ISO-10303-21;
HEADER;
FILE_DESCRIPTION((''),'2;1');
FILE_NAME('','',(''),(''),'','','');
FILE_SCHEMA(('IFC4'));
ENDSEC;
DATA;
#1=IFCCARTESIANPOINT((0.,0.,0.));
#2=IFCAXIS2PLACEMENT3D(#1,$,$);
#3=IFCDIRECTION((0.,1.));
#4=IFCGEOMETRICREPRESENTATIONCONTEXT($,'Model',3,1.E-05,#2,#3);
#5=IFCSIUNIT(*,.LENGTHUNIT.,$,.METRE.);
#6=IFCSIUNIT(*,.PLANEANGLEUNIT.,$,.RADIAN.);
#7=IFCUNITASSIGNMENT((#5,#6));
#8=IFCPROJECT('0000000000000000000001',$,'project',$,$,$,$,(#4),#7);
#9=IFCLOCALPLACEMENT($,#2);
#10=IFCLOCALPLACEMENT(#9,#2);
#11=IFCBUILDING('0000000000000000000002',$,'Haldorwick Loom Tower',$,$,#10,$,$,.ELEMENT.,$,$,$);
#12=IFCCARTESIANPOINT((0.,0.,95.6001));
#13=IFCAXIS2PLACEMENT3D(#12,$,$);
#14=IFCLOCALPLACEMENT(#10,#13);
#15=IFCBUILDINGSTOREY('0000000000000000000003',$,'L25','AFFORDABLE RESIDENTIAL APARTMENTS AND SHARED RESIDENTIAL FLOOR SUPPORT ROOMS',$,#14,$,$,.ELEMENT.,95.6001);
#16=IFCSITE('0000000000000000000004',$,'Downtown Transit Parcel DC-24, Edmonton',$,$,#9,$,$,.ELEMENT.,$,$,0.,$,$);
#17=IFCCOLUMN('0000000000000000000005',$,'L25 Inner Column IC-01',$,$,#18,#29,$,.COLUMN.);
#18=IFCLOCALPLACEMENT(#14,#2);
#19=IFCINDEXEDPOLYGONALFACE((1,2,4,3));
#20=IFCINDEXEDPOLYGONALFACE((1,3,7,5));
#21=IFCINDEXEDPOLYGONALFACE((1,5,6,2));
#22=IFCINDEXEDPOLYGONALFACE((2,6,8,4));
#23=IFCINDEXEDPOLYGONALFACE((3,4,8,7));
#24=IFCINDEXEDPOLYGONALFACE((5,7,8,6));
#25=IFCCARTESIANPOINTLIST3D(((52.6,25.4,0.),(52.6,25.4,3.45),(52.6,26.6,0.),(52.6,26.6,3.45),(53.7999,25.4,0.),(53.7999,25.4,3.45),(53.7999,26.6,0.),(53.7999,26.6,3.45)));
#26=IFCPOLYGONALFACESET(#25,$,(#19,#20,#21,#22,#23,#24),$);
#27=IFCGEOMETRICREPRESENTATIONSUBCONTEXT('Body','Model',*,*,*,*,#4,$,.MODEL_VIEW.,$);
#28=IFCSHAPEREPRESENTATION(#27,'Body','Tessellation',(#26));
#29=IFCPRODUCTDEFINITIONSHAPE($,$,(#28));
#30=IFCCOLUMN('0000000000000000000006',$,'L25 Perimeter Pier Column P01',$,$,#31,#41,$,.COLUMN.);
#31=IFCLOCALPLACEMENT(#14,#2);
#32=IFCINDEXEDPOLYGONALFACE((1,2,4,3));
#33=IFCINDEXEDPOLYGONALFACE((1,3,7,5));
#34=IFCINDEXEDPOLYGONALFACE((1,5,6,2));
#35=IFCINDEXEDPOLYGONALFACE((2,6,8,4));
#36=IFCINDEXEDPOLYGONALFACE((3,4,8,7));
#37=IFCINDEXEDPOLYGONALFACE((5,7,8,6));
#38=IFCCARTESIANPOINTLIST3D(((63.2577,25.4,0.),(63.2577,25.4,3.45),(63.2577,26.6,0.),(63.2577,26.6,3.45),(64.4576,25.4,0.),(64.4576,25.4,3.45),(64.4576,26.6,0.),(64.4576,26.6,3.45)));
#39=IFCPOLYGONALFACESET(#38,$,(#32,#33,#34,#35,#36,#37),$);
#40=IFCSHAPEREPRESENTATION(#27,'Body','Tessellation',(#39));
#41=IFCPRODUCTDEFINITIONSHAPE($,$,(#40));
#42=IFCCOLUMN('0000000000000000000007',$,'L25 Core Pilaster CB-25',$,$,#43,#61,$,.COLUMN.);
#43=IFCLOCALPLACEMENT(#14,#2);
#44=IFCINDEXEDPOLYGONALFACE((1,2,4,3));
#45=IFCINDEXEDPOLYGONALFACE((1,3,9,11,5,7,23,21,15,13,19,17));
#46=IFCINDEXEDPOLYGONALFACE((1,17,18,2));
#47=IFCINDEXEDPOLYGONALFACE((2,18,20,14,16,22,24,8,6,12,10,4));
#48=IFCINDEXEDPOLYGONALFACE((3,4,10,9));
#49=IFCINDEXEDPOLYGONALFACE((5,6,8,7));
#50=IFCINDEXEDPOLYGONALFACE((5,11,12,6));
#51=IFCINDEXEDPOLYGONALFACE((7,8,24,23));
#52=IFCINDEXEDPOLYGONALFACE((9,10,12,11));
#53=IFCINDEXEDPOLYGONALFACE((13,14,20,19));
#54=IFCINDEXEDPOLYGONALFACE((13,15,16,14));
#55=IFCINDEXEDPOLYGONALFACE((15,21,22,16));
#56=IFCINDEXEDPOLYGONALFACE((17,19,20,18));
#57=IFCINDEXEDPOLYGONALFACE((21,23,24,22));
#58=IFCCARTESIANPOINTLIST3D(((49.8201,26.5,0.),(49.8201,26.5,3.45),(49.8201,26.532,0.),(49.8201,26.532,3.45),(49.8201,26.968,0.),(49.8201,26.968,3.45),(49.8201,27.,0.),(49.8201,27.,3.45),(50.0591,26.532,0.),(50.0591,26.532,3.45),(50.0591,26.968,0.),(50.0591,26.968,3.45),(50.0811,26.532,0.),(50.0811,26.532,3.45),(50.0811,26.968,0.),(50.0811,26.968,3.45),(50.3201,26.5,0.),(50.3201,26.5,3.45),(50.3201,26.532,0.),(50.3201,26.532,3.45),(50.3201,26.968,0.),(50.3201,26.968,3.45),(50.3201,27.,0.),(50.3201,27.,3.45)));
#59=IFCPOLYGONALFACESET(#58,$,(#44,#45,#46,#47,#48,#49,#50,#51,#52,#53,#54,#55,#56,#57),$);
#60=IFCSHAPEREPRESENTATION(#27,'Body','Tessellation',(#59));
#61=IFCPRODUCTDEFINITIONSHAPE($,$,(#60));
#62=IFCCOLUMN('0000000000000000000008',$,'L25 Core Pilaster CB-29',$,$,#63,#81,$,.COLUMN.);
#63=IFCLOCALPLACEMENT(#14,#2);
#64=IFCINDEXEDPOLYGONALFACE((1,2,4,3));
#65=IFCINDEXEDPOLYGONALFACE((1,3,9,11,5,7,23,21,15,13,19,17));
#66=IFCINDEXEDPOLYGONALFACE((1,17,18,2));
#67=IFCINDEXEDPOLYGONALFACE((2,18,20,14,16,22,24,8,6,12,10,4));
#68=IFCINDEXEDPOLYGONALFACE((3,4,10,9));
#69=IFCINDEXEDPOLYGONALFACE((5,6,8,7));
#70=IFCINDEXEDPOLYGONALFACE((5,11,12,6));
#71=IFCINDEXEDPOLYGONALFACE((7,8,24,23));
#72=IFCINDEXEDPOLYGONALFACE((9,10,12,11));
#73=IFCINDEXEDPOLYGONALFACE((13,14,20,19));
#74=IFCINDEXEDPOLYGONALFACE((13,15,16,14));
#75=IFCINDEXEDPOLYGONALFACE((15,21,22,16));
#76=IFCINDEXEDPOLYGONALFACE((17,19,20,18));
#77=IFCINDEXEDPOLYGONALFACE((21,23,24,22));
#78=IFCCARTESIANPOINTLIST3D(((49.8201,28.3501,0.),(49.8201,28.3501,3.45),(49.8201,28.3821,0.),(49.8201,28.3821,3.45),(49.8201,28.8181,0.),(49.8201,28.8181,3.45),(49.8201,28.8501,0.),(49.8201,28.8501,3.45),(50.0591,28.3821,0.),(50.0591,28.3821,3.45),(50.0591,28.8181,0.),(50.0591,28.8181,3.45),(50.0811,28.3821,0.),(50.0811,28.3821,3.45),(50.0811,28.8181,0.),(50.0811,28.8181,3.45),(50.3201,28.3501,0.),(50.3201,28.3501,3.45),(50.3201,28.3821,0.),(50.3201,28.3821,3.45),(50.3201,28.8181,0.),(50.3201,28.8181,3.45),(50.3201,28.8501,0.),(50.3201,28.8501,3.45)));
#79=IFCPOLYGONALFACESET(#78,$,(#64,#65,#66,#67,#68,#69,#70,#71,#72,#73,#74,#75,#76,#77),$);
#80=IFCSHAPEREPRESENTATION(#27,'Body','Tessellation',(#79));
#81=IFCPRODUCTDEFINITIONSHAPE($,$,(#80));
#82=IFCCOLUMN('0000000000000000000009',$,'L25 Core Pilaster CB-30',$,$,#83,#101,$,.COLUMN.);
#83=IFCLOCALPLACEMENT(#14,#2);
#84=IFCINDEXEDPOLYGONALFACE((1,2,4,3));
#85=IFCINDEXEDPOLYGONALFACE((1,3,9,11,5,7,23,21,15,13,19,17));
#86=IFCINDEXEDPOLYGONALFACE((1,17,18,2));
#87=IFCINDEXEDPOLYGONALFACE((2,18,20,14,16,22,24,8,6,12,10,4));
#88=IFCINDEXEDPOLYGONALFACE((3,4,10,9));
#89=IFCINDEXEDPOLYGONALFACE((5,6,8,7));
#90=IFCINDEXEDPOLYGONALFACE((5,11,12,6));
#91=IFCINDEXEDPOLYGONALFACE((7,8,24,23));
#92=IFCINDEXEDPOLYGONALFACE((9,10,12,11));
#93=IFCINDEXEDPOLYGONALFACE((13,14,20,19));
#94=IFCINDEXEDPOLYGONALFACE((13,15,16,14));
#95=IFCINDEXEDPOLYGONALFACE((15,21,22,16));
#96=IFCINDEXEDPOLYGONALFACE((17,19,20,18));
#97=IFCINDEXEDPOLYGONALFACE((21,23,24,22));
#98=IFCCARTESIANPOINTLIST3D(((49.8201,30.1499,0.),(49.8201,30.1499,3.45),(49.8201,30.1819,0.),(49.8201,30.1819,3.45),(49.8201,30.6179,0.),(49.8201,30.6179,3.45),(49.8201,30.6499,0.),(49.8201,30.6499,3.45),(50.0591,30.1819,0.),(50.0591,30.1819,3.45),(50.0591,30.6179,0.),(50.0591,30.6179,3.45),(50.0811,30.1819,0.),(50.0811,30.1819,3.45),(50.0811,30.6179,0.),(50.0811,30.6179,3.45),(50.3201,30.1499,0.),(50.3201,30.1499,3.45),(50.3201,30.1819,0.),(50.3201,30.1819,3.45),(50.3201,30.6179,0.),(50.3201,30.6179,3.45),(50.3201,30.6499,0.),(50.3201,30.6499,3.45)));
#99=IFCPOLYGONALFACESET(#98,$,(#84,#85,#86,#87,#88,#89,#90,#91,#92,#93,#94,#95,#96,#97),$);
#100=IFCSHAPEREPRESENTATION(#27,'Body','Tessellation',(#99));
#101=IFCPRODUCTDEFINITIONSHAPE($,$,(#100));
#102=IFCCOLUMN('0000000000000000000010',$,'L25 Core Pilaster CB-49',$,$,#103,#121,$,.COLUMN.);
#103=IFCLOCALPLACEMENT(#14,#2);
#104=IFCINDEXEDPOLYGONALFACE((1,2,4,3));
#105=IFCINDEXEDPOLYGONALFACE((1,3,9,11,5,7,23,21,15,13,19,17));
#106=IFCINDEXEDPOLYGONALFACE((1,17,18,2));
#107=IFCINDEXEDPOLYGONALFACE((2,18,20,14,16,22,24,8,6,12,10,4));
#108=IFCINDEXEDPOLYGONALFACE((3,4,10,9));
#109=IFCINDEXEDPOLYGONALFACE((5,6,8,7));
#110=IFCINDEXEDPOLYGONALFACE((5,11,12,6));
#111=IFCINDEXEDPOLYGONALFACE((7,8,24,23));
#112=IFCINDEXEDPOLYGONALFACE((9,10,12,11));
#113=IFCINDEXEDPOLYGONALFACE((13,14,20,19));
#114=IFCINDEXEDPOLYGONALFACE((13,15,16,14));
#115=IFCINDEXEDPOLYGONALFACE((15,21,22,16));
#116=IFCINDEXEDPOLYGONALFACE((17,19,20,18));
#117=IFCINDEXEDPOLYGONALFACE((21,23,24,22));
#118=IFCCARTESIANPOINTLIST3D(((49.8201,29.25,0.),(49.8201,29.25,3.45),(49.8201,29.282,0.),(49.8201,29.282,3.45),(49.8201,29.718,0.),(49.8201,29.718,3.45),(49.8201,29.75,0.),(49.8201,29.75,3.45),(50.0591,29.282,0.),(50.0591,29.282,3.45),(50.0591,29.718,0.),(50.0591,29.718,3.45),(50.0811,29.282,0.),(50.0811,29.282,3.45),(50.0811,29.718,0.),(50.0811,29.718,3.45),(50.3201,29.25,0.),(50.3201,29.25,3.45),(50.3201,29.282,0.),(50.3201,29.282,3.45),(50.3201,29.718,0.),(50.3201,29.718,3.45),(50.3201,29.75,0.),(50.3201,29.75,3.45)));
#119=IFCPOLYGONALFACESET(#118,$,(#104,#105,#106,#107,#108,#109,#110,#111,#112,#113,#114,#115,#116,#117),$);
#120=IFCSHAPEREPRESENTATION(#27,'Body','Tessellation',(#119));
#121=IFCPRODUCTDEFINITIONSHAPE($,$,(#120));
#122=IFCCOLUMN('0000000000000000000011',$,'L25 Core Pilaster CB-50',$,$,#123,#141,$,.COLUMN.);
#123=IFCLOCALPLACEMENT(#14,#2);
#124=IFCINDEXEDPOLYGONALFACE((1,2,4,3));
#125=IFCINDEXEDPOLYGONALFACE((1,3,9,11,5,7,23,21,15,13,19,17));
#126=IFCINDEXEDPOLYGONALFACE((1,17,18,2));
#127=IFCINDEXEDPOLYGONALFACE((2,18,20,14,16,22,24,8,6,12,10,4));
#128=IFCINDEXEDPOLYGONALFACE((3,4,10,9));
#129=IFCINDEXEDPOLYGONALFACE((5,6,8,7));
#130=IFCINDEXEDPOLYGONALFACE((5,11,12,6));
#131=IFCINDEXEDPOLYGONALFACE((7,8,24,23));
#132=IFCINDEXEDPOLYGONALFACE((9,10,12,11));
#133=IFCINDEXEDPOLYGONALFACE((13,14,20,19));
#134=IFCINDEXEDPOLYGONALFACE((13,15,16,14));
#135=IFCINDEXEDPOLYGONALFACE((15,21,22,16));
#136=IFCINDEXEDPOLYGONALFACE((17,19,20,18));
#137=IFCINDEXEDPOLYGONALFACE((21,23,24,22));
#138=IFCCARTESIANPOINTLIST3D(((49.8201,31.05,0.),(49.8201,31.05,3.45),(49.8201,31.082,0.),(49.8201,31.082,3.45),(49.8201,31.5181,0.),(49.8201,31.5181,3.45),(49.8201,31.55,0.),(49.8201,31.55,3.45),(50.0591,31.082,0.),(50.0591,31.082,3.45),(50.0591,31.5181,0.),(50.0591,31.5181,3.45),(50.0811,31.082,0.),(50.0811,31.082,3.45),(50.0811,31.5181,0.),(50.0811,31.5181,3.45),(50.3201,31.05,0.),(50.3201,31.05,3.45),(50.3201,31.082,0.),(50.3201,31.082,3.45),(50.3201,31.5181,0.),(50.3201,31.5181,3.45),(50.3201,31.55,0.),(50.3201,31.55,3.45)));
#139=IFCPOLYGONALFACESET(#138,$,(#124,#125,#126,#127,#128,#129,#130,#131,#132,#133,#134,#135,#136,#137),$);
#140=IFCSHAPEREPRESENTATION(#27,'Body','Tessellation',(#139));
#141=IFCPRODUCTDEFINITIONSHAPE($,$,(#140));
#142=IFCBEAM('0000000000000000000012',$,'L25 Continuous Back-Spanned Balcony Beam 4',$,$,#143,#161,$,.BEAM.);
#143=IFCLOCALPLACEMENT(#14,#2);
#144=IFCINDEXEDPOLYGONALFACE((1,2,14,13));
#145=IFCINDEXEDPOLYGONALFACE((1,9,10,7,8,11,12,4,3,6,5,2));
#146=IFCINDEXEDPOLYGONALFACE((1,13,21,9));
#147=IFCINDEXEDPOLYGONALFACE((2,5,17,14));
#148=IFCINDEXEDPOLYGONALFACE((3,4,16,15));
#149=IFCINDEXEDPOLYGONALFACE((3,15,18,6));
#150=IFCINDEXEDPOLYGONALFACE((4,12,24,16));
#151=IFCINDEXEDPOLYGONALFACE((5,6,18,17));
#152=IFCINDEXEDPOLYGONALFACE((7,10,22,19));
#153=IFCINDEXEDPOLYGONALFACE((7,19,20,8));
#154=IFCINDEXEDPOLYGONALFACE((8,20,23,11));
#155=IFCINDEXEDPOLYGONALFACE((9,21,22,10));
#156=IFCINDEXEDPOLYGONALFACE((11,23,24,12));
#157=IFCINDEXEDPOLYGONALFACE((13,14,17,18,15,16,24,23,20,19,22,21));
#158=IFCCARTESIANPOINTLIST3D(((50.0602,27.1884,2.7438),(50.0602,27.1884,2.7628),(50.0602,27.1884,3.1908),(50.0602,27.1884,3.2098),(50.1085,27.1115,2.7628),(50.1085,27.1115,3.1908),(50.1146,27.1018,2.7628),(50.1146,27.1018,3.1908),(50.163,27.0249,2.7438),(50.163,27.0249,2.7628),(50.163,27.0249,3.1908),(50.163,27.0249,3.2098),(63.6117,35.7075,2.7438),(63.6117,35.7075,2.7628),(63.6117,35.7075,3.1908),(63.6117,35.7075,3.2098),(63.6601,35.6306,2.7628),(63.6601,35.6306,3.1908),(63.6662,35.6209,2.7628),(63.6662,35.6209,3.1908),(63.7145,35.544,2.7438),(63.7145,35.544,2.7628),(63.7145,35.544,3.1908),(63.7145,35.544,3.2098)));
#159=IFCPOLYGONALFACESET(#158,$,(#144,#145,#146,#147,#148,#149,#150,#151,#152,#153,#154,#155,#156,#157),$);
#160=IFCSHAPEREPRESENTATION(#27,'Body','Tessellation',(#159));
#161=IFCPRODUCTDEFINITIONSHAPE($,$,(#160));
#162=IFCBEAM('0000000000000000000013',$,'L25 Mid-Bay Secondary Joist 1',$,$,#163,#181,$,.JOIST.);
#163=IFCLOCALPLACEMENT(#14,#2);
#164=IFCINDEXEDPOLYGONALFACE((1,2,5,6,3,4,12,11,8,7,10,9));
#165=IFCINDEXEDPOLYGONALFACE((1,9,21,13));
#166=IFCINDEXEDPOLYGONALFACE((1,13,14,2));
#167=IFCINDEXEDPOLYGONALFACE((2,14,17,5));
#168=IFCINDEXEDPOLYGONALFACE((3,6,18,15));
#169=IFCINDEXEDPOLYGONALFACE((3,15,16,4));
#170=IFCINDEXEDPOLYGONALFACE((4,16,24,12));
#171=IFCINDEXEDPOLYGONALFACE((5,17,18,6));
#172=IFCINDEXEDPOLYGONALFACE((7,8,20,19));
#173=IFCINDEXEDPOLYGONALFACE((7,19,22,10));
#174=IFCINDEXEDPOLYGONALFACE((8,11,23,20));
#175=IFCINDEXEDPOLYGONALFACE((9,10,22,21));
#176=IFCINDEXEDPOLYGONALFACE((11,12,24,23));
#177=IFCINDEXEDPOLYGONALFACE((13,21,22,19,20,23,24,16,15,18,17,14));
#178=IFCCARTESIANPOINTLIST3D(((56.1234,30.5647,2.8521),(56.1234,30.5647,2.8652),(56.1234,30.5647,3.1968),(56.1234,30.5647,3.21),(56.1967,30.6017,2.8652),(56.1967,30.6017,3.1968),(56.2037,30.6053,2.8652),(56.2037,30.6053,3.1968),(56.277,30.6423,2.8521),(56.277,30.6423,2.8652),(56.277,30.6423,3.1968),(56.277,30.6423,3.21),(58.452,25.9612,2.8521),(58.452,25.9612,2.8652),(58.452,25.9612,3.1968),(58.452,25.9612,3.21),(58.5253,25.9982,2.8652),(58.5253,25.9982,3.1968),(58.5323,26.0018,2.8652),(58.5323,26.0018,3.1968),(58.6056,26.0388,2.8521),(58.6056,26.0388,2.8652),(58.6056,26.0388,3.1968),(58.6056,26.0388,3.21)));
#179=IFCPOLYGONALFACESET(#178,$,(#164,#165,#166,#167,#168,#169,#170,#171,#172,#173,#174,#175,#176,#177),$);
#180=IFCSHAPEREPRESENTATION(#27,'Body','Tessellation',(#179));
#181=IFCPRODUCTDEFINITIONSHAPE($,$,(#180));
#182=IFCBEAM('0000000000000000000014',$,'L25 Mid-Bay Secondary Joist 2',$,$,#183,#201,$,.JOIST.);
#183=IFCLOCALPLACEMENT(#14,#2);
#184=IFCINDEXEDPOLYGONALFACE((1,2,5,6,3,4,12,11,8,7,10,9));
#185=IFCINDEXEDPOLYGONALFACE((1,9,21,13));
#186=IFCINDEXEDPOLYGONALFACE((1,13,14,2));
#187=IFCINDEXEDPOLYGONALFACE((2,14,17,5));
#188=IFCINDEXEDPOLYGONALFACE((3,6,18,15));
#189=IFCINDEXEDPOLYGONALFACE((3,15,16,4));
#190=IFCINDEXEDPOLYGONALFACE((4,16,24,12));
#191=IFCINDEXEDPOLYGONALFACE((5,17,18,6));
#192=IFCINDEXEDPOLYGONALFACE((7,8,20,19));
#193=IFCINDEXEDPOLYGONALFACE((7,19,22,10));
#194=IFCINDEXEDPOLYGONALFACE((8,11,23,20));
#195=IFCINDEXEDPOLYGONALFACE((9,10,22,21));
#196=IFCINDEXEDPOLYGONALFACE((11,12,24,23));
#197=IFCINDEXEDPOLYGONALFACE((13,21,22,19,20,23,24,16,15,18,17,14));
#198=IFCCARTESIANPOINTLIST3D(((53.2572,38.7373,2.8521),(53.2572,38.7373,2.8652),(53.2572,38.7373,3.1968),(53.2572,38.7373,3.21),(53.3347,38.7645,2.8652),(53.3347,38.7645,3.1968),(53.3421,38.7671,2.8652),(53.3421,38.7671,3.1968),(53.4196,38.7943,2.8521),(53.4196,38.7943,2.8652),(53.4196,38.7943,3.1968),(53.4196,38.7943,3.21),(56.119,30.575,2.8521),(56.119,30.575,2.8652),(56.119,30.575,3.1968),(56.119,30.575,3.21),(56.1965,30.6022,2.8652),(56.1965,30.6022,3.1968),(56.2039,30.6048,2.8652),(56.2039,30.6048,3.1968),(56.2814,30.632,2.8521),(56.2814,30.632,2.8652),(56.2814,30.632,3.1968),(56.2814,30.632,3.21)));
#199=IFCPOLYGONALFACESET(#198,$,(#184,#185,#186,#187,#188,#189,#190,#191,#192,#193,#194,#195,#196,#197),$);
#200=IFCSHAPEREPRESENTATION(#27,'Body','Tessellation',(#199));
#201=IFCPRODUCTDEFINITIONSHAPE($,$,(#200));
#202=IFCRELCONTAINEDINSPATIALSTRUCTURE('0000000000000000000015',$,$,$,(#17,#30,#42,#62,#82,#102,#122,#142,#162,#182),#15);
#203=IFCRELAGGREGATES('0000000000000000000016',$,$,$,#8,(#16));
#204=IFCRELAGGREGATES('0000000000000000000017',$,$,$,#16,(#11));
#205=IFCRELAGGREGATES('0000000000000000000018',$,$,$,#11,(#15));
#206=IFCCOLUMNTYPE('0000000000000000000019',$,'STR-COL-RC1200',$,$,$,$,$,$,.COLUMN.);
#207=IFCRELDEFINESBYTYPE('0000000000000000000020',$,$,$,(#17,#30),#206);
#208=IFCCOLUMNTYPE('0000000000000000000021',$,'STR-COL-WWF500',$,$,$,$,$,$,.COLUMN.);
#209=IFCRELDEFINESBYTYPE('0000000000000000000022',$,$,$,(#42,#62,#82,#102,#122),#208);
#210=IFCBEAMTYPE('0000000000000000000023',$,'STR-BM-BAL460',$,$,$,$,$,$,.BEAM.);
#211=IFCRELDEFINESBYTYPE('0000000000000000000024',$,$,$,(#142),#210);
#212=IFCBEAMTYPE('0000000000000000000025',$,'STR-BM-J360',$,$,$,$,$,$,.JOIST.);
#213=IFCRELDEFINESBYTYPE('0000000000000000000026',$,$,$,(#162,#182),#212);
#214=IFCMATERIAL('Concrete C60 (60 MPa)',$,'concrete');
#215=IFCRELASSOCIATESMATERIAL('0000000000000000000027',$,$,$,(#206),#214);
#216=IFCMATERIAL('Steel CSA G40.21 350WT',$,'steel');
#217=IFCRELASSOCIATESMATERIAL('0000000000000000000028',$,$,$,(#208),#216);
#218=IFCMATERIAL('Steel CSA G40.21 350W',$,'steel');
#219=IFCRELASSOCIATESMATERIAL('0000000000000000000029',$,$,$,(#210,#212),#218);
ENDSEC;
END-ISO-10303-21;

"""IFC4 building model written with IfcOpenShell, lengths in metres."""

from ifc_helpers import new_model, si_unit, direction, frame, origin, origin_2d, place, context, subcontext, project, spatial, rectangle, i_section, extrude, material, material_profile, profile_set, type_object, element, save


model = new_model("IFC4")

# Units and contexts
model_context = context("Model", 3, precision=1e-05, world=origin(), true_north=direction((0.0, 1.0)))
body_context = subcontext(model_context, "Body", "Model", "MODEL_VIEW")
ifc_project = project(units=[si_unit("LENGTHUNIT", "METRE"), si_unit("PLANEANGLEUNIT", "RADIAN")], contexts=[model_context])

# Site, building, storey
site_placement = place(None, origin())
site = spatial("IfcSite", under=ifc_project, at=site_placement, Name="Downtown Transit Parcel DC-24, Edmonton", CompositionType="ELEMENT", RefElevation=0.0)
building_placement = place(site_placement, origin())
building = spatial("IfcBuilding", under=site, at=building_placement, Name="Haldorwick Loom Tower", CompositionType="ELEMENT")
storey_placement = place(building_placement, frame((0.0, 0.0, 95.6001)))
storey = spatial("IfcBuildingStorey", under=building, at=storey_placement, Name="L25", Description="AFFORDABLE RESIDENTIAL APARTMENTS AND SHARED RESIDENTIAL FLOOR SUPPORT ROOMS", CompositionType="ELEMENT", Elevation=95.6001)

# Columns
ifc_material_1 = material(Name="Concrete C60 (60 MPa)", Category="concrete")
ifc_material_profile_1 = material_profile(ifc_material_1, rectangle(XDim=1.2, YDim=1.2, at=origin_2d()), Name="RC1200X1200", Category="concrete")
ifc_profile_set_1 = profile_set([ifc_material_profile_1], Name="Concrete C60 (60 MPa)")
column_type_1 = type_object("IfcColumnType", Name="STR-COL-RC1200", PredefinedType="COLUMN", material=ifc_profile_set_1)
for number, where, z_axis, x_axis, name in (
    (1, (53.2, 26.0, 0.0), (0.0, 0.0, 1.0), (1.0, 0.0, 0.0), "L25 Inner Column IC-01"),
    (2, (63.8577, 26.0, 0.0), (0.0, 0.0, 1.0), (1.0, 0.0, 0.0), "L25 Perimeter Pier Column P01"),
):
    element("IfcColumn", number, at=place(storey_placement, frame(where, z_axis=z_axis, x_axis=x_axis)), inside=storey, type_object=column_type_1, Name=name, PredefinedType="COLUMN", context=body_context, shape_type="SweptSolid", body=[
        extrude(rectangle(XDim=1.2, YDim=1.2, at=origin_2d()), origin(), (0.0, 0.0, 1.0), 3.45),
    ])
ifc_material_2 = material(Name="Steel CSA G40.21 350WT", Category="steel")
ifc_material_profile_2 = material_profile(ifc_material_2, i_section(OverallWidth=0.5, OverallDepth=0.5, WebThickness=0.022, FlangeThickness=0.032, at=origin_2d()), Name="WWF500X500", Category="steel")
ifc_profile_set_2 = profile_set([ifc_material_profile_2], Name="Steel CSA G40.21 350WT")
column_type_2 = type_object("IfcColumnType", Name="STR-COL-WWF500", PredefinedType="COLUMN", material=ifc_profile_set_2)
for number, where, z_axis, x_axis, name in (
    (3, (50.0701, 26.75, 0.0), (0.0, 0.0, 1.0), (1.0, 0.0, 0.0), "L25 Core Pilaster CB-25"),
    (4, (50.0701, 28.6001, 0.0), (0.0, 0.0, 1.0), (1.0, 0.0, 0.0), "L25 Core Pilaster CB-29"),
    (5, (50.0701, 30.3999, 0.0), (0.0, 0.0, 1.0), (1.0, 0.0, 0.0), "L25 Core Pilaster CB-30"),
    (6, (50.0701, 29.5, 0.0), (0.0, 0.0, 1.0), (1.0, 0.0, 0.0), "L25 Core Pilaster CB-49"),
    (7, (50.0701, 31.3, 0.0), (0.0, 0.0, 1.0), (1.0, 0.0, 0.0), "L25 Core Pilaster CB-50"),
):
    element("IfcColumn", number, at=place(storey_placement, frame(where, z_axis=z_axis, x_axis=x_axis)), inside=storey, type_object=column_type_2, Name=name, PredefinedType="COLUMN", context=body_context, shape_type="SweptSolid", body=[
        extrude(i_section(OverallWidth=0.5, OverallDepth=0.5, WebThickness=0.022, FlangeThickness=0.032, at=origin_2d()), origin(), (0.0, 0.0, 1.0), 3.45),
    ])

# Beams
ifc_material_3 = material(Name="Steel CSA G40.21 350W", Category="steel")
ifc_material_profile_3 = material_profile(ifc_material_3, i_section(OverallWidth=0.1931, OverallDepth=0.4661, WebThickness=0.0115, FlangeThickness=0.019, at=origin_2d()), Name="W460X97", Category="steel")
ifc_profile_set_3 = profile_set([ifc_material_profile_3], Name="Steel CSA G40.21 350W")
beam_type_1 = type_object("IfcBeamType", Name="STR-BM-BAL460", PredefinedType="BEAM", material=ifc_profile_set_3)
beam_1_placement = place(storey_placement, frame((50.1116, 27.1067, 2.9768), z_axis=(0.84661, 0.532214, 0.0), x_axis=(-0.532214, 0.84661, 0.0)))
element("IfcBeam", 8, at=beam_1_placement, inside=storey, type_object=beam_type_1, Name="L25 Continuous Back-Spanned Balcony Beam 4", PredefinedType="BEAM", context=body_context, shape_type="SweptSolid", body=[
    extrude(i_section(OverallWidth=0.1931, OverallDepth=0.4661, WebThickness=0.0115, FlangeThickness=0.019, at=origin_2d()), origin(), (0.0, 0.0, 1.0), 16.0068),
])
ifc_material_profile_4 = material_profile(ifc_material_3, i_section(OverallWidth=0.1721, OverallDepth=0.3579, WebThickness=0.0078, FlangeThickness=0.0132, at=origin_2d()), Name="W360X57", Category="steel")
ifc_profile_set_4 = profile_set([ifc_material_profile_4], Name="Steel CSA G40.21 350W")
beam_type_2 = type_object("IfcBeamType", Name="STR-BM-J360", PredefinedType="JOIST", material=ifc_profile_set_4)
beam_2_placement = place(storey_placement, frame((58.5288, 26.0, 3.031), z_axis=(-0.451373, 0.892335, 0.0), x_axis=(-0.892335, -0.451373, 0.0)))
element("IfcBeam", 9, at=beam_2_placement, inside=storey, type_object=beam_type_2, Name="L25 Mid-Bay Secondary Joist 1", PredefinedType="JOIST", context=body_context, shape_type="SweptSolid", body=[
    extrude(i_section(OverallWidth=0.1721, OverallDepth=0.3579, WebThickness=0.0078, FlangeThickness=0.0132, at=origin_2d()), origin(), (0.0, 0.0, 1.0), 5.1589),
])
beam_3_placement = place(storey_placement, frame((56.2002, 30.6035, 3.031), z_axis=(-0.330865, 0.943678, 0.0), x_axis=(-0.943678, -0.330865, 0.0)))
element("IfcBeam", 10, at=beam_3_placement, inside=storey, type_object=beam_type_2, Name="L25 Mid-Bay Secondary Joist 2", PredefinedType="JOIST", context=body_context, shape_type="SweptSolid", body=[
    extrude(i_section(OverallWidth=0.1721, OverallDepth=0.3579, WebThickness=0.0078, FlangeThickness=0.0132, at=origin_2d()), origin(), (0.0, 0.0, 1.0), 8.6494),
])

save(model, "model.ifc")
